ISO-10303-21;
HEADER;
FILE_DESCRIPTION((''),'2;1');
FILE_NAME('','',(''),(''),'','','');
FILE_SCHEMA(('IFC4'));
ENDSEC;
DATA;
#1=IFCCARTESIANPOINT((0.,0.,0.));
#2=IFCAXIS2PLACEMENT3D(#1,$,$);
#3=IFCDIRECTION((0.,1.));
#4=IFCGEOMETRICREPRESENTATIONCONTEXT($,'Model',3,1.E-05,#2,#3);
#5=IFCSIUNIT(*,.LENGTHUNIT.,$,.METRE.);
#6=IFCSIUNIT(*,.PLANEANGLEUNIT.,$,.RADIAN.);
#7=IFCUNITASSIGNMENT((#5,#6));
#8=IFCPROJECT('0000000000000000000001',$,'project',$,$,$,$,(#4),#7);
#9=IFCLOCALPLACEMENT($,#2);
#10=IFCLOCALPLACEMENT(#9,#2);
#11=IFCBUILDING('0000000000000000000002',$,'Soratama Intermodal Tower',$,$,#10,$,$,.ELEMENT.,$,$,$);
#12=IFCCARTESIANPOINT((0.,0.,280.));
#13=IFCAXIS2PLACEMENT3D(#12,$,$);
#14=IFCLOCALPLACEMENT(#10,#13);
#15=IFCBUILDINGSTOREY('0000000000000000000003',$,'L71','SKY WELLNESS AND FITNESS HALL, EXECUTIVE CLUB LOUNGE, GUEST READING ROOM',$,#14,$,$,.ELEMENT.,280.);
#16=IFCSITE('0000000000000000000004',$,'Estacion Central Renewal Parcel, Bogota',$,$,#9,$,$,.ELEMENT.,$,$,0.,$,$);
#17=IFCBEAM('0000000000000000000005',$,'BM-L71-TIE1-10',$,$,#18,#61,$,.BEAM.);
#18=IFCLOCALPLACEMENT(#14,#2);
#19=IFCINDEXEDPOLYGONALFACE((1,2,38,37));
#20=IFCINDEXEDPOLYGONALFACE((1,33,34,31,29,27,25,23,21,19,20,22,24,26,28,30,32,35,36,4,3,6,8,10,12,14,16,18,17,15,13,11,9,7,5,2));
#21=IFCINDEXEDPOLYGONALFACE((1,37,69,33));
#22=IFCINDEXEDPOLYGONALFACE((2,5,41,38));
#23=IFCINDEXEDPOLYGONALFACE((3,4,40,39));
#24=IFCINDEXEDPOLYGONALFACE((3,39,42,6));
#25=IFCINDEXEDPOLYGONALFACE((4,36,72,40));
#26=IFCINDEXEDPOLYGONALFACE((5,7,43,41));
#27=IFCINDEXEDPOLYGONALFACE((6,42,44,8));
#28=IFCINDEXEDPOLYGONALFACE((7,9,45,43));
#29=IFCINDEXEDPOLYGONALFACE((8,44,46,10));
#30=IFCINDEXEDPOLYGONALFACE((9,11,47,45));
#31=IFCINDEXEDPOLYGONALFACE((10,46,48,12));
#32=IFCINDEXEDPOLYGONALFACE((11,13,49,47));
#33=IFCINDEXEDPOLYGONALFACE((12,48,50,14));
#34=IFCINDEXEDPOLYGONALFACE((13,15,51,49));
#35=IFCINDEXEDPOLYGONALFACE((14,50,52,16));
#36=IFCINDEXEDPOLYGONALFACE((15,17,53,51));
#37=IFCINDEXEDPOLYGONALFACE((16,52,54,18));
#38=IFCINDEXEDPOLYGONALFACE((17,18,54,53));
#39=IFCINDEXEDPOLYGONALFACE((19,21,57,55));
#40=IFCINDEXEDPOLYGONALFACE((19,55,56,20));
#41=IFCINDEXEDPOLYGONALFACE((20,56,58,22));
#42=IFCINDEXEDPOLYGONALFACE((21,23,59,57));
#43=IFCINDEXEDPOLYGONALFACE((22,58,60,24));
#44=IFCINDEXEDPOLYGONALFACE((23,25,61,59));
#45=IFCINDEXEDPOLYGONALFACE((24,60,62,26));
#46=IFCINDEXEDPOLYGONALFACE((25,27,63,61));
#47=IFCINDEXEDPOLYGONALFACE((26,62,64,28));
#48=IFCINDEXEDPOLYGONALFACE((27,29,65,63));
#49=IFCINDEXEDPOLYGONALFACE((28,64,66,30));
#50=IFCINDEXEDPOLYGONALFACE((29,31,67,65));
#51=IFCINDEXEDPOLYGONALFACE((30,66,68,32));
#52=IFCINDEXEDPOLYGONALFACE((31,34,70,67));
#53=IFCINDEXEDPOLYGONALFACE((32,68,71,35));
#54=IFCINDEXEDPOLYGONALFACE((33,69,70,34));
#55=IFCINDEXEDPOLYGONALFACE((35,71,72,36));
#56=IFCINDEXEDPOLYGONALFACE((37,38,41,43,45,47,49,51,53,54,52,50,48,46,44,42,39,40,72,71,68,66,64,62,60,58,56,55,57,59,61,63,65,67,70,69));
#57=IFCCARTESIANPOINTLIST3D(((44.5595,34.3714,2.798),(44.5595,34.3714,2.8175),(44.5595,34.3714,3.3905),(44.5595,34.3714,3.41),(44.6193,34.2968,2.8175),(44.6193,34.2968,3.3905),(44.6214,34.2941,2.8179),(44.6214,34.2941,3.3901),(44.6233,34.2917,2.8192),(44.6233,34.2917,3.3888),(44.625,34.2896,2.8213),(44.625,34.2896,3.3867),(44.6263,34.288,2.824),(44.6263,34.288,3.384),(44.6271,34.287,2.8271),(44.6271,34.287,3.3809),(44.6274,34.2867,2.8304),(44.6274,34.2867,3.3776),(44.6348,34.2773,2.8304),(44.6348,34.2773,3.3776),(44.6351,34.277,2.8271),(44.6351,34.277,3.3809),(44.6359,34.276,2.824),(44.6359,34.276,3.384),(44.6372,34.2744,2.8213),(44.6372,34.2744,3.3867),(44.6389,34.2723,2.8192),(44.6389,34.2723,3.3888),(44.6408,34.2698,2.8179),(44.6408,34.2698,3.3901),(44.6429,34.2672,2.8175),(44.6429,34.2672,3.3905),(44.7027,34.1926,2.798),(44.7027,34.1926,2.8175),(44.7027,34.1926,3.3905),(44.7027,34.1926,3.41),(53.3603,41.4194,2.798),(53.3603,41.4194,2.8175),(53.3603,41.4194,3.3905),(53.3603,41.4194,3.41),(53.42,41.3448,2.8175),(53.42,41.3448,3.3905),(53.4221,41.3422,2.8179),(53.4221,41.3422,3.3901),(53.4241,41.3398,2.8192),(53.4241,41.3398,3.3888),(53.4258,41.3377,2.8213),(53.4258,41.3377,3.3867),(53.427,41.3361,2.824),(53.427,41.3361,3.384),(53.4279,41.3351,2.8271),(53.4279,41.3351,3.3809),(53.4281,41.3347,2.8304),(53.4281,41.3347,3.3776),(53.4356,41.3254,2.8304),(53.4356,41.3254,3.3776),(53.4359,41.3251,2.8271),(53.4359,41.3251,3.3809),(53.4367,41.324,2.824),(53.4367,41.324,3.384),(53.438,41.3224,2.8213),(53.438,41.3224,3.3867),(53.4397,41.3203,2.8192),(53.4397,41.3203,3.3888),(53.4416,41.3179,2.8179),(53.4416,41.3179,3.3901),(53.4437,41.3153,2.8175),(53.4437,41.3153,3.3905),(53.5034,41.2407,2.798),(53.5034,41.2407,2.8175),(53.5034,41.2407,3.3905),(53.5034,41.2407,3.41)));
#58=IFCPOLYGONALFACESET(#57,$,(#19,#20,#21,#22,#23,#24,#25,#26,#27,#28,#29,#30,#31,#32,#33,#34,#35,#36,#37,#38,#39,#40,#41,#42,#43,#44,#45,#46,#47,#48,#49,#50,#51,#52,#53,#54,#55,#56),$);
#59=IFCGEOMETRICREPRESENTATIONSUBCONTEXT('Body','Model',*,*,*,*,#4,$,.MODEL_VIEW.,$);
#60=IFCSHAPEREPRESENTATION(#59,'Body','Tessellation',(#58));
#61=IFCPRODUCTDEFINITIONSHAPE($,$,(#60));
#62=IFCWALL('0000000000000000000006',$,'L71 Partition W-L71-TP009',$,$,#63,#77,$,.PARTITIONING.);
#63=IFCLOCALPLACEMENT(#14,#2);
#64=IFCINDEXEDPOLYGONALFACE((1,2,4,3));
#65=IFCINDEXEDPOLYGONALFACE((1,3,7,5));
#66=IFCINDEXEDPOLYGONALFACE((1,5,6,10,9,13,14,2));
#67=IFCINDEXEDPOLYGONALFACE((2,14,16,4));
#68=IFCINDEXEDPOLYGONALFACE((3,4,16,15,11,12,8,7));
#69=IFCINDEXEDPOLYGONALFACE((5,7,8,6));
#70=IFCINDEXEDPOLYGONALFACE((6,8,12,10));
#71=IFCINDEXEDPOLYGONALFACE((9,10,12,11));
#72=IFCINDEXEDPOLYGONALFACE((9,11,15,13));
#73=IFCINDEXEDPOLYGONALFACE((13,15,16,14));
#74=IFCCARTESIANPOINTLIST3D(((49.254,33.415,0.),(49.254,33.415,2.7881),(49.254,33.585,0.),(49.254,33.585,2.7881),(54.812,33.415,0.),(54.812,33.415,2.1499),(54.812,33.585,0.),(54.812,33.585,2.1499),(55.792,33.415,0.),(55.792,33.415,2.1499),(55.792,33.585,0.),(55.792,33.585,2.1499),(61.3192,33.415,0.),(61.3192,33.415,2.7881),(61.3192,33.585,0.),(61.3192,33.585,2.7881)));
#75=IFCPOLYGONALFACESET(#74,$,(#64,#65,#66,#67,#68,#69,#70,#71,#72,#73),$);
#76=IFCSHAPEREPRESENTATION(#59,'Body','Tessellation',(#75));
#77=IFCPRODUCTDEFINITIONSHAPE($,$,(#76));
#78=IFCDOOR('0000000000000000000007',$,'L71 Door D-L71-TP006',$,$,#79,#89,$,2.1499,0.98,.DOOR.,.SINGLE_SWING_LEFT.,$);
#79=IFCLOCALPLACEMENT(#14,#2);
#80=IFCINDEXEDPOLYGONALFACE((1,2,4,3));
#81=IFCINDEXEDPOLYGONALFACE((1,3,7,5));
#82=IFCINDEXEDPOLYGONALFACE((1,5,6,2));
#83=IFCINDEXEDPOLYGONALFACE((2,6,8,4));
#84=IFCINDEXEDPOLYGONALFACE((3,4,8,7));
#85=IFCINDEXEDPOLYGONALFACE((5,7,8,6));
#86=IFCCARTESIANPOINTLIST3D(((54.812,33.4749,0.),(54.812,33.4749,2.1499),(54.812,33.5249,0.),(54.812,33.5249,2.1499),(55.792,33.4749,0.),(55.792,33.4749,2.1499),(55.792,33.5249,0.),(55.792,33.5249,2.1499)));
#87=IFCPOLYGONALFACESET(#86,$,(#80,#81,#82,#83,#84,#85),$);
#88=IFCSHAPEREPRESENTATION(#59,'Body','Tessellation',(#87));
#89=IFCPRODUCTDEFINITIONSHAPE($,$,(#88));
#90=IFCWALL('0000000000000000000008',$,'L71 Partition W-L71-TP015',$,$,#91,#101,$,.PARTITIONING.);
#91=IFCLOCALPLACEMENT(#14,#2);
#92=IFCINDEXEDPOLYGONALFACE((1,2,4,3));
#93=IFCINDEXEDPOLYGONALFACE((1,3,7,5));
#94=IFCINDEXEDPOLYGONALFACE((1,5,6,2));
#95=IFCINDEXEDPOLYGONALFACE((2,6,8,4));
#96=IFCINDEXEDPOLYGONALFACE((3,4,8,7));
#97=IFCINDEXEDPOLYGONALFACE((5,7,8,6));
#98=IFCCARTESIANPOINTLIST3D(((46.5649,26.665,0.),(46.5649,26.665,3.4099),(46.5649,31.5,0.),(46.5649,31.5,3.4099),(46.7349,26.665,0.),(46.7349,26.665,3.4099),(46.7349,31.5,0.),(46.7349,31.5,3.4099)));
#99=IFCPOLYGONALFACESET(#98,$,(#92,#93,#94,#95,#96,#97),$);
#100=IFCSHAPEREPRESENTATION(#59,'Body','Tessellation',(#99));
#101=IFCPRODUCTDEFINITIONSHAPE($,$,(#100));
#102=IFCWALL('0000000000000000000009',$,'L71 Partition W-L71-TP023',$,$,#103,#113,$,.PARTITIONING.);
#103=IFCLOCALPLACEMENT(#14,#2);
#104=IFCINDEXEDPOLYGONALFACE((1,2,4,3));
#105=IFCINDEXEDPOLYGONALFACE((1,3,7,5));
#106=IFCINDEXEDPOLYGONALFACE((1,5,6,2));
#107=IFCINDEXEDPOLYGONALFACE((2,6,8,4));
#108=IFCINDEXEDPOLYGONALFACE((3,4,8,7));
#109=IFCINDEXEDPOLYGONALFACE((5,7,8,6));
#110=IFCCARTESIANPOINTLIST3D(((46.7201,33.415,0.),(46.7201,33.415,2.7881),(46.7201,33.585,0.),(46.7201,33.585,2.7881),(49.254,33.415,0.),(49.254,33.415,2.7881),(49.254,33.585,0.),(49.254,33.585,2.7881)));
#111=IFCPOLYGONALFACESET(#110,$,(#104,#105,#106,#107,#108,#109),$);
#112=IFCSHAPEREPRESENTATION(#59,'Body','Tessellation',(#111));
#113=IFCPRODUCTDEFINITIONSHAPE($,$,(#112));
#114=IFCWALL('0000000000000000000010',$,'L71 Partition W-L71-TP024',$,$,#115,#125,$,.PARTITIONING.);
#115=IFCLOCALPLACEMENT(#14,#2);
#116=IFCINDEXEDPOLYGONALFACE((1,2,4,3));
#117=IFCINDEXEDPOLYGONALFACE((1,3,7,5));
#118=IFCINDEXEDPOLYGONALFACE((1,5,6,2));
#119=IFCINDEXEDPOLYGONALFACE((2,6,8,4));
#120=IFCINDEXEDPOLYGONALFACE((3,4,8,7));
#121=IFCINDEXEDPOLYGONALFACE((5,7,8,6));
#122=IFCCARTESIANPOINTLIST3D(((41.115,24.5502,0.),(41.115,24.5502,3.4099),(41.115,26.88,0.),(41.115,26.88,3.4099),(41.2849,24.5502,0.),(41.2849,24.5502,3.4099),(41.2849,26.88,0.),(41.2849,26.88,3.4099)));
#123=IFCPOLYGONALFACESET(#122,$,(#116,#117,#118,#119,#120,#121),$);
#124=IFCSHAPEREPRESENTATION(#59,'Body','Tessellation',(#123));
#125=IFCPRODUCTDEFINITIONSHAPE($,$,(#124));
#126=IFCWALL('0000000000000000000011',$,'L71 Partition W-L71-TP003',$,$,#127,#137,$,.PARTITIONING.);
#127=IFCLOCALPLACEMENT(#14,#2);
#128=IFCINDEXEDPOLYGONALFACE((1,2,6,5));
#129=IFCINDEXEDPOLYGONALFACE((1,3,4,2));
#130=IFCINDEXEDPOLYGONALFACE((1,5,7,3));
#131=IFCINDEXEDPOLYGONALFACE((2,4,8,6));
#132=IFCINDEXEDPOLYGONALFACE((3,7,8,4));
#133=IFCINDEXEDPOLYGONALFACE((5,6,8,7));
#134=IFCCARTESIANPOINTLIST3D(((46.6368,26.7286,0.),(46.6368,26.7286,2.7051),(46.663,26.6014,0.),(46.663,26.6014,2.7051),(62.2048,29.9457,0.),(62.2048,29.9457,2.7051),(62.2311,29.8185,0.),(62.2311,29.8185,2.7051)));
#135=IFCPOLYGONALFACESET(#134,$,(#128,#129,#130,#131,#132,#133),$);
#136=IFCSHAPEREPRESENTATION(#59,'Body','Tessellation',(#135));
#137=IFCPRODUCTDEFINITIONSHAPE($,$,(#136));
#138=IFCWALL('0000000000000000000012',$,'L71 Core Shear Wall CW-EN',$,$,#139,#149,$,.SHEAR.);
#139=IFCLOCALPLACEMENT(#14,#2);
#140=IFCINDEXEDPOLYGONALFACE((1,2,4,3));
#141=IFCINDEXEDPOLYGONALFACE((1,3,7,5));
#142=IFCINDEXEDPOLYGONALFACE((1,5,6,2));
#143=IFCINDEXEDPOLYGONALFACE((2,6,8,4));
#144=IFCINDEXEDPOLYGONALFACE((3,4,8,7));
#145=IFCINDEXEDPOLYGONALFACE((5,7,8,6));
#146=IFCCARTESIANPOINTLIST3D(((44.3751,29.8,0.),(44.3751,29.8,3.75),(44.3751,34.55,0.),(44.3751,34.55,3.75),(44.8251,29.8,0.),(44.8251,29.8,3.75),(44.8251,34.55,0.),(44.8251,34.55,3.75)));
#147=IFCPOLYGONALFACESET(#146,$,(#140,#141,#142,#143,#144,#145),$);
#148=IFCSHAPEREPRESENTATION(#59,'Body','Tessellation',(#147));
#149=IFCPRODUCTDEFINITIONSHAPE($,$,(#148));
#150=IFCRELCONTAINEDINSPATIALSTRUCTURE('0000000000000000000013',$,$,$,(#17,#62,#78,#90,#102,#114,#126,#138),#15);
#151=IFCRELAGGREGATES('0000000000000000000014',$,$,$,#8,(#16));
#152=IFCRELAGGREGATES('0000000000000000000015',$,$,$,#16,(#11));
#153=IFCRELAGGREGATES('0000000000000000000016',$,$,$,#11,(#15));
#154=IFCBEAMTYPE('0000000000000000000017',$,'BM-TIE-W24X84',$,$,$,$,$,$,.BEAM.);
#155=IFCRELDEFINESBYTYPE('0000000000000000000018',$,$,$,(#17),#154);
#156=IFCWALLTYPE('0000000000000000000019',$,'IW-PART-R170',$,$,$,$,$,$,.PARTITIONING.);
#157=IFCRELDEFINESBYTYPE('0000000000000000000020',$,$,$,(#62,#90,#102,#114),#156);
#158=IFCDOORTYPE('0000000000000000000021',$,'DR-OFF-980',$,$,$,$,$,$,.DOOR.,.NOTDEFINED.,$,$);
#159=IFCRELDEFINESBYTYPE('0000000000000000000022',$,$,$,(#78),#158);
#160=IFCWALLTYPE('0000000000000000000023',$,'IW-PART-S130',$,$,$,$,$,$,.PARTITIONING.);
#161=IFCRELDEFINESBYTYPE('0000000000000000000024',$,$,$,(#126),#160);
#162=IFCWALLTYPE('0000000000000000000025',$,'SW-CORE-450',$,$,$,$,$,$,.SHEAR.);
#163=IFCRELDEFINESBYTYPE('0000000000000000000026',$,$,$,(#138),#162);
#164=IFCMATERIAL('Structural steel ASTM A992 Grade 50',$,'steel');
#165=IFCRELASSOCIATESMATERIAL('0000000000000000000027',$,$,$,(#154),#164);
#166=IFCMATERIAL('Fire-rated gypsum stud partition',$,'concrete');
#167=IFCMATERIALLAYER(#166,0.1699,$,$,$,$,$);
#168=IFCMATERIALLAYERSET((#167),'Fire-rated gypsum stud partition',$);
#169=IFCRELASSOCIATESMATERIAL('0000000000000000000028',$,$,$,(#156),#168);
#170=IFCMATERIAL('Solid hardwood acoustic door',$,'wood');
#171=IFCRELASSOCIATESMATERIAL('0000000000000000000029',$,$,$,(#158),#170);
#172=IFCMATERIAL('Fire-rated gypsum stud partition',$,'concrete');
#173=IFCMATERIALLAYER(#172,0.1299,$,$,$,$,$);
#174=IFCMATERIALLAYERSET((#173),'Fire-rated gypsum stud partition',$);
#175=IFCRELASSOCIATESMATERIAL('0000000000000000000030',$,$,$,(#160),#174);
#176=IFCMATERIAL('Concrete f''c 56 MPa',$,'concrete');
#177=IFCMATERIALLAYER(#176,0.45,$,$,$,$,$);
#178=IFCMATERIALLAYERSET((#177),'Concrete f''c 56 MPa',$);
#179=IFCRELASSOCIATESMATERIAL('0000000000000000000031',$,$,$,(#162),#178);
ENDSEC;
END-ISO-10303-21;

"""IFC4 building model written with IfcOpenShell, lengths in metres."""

from ifc_helpers import new_model, si_unit, direction, frame, frame_2d, origin, origin_2d, place, context, subcontext, project, spatial, rectangle, i_section, extrude, material, layer, layer_set, material_profile, profile_set, type_object, element, fill, save


model = new_model("IFC4")

# Units and contexts
model_context = context("Model", 3, precision=1e-05, world=origin(), true_north=direction((0.0, 1.0)))
body_context = subcontext(model_context, "Body", "Model", "MODEL_VIEW")
ifc_project = project(units=[si_unit("LENGTHUNIT", "METRE"), si_unit("PLANEANGLEUNIT", "RADIAN")], contexts=[model_context])

# Site, building, storey
site_placement = place(None, origin())
site = spatial("IfcSite", under=ifc_project, at=site_placement, Name="Estacion Central Renewal Parcel, Bogota", CompositionType="ELEMENT", RefElevation=0.0)
building_placement = place(site_placement, origin())
building = spatial("IfcBuilding", under=site, at=building_placement, Name="Soratama Intermodal Tower", CompositionType="ELEMENT")
storey_placement = place(building_placement, frame((0.0, 0.0, 280.0)))
storey = spatial("IfcBuildingStorey", under=building, at=storey_placement, Name="L71", Description="SKY WELLNESS AND FITNESS HALL, EXECUTIVE CLUB LOUNGE, GUEST READING ROOM", CompositionType="ELEMENT", Elevation=280.0)

# Beam
ifc_material_1 = material(Name="Structural steel ASTM A992 Grade 50", Category="steel")
ifc_material_profile_1 = material_profile(ifc_material_1, i_section(OverallWidth=0.229, OverallDepth=0.6121, WebThickness=0.012, FlangeThickness=0.0195, FilletRadius=0.0129, at=origin_2d()), Name="W24X84")
ifc_profile_set_1 = profile_set([ifc_material_profile_1], Name="Structural steel ASTM A992 Grade 50")
beam_type_1 = type_object("IfcBeamType", Name="BM-TIE-W24X84", PredefinedType="BEAM", material=ifc_profile_set_1)
beam_1_placement = place(storey_placement, frame((44.6311, 34.282, 3.104), z_axis=(0.780545, 0.625099, 0.0), x_axis=(-0.625099, 0.780545, 0.0)))
element("IfcBeam", 1, at=beam_1_placement, inside=storey, type_object=beam_type_1, Name="BM-L71-TIE1-10", PredefinedType="BEAM", context=body_context, shape_type="SweptSolid", body=[
    extrude(i_section(OverallWidth=0.229, OverallDepth=0.6121, WebThickness=0.012, FlangeThickness=0.0195, FilletRadius=0.0129, at=origin_2d()), origin(), (0.0, 0.0, 1.0), 11.2751),
])

# Wall, opening, door
ifc_material_2 = material(Name="Fire-rated gypsum stud partition", Category="concrete")
ifc_layer_1 = layer(ifc_material_2, 0.1699)
ifc_layer_set_1 = layer_set([ifc_layer_1], Name="Fire-rated gypsum stud partition")
wall_type_1 = type_object("IfcWallType", Name="IW-PART-R170", PredefinedType="PARTITIONING", material=ifc_layer_set_1)
wall_1_placement = place(storey_placement, frame((49.2539, 33.5, 0.0), z_axis=(0.0, 0.0, 1.0), x_axis=(1.0, 0.0, 0.0)))
wall_1 = element("IfcWall", 2, at=wall_1_placement, inside=storey, type_object=wall_type_1, Name="L71 Partition W-L71-TP009", PredefinedType="PARTITIONING", context=body_context, shape_type="SweptSolid", body=[
    extrude(rectangle(XDim=12.0652, YDim=0.1699, at=frame_2d((6.0327, 0.0))), origin(), (0.0, 0.0, 1.0), 2.7881),
])
opening_1_placement = place(wall_1_placement, frame((5.5581, 0.0, 0.0)))
opening_1 = element("IfcOpeningElement", 3, at=opening_1_placement, cuts=wall_1, PredefinedType="OPENING", context=body_context, shape_type="SweptSolid", body=[
    extrude(rectangle(XDim=0.98, YDim=2.1499, at=frame_2d((0.49, 1.075))), frame((0.0, 0.095, 0.0), z_axis=(0.0, -1.0, 0.0), x_axis=(1.0, 0.0, 0.0)), (0.0, 0.0, 1.0), 0.1899),
])
ifc_material_3 = material(Name="Solid hardwood acoustic door", Category="wood")
door_type_1 = type_object("IfcDoorType", Name="DR-OFF-980", OperationType="NOTDEFINED", PredefinedType="DOOR", material=ifc_material_3)
door_1_placement = place(opening_1_placement, origin())
door_1 = element("IfcDoor", 4, at=door_1_placement, inside=storey, type_object=door_type_1, Name="L71 Door D-L71-TP006", OperationType="SINGLE_SWING_LEFT", OverallHeight=2.1499, OverallWidth=0.98, PredefinedType="DOOR", context=body_context, shape_type="SweptSolid", body=[
    extrude(rectangle(XDim=0.98, YDim=2.1499, at=frame_2d((0.49, 1.075))), frame((0.0, 0.0249, 0.0), z_axis=(0.0, -1.0, 0.0), x_axis=(1.0, 0.0, 0.0)), (0.0, 0.0, 1.0), 0.05),
])
fill(opening_1, door_1)

# Wall
wall_2_placement = place(storey_placement, frame((46.6499, 31.5, 0.0), z_axis=(0.0, 0.0, 1.0), x_axis=(0.0, -1.0, 0.0)))
element("IfcWall", 5, at=wall_2_placement, inside=storey, type_object=wall_type_1, Name="L71 Partition W-L71-TP015", PredefinedType="PARTITIONING", context=body_context, shape_type="SweptSolid", body=[
    extrude(rectangle(XDim=4.835, YDim=0.1699, at=frame_2d((2.4175, 0.0))), origin(), (0.0, 0.0, 1.0), 3.4099),
])

# Walls
wall_3_placement = place(storey_placement, frame((46.72, 33.5, 0.0), z_axis=(0.0, 0.0, 1.0), x_axis=(1.0, 0.0, 0.0)))
element("IfcWall", 6, at=wall_3_placement, inside=storey, type_object=wall_type_1, Name="L71 Partition W-L71-TP023", PredefinedType="PARTITIONING", context=body_context, shape_type="SweptSolid", body=[
    extrude(rectangle(XDim=2.5339, YDim=0.1699, at=frame_2d((1.2671, 0.0))), origin(), (0.0, 0.0, 1.0), 2.7881),
])
wall_4_placement = place(storey_placement, frame((41.2, 24.55, 0.0), z_axis=(0.0, 0.0, 1.0), x_axis=(0.0, 1.0, 0.0)))
element("IfcWall", 7, at=wall_4_placement, inside=storey, type_object=wall_type_1, Name="L71 Partition W-L71-TP024", PredefinedType="PARTITIONING", context=body_context, shape_type="SweptSolid", body=[
    extrude(rectangle(XDim=2.3298, YDim=0.1699, at=frame_2d((1.165, 0.0))), origin(), (0.0, 0.0, 1.0), 3.4099),
])

# Walls
ifc_material_4 = material(Name="Fire-rated gypsum stud partition", Category="concrete")
ifc_layer_2 = layer(ifc_material_4, 0.1299)
ifc_layer_set_2 = layer_set([ifc_layer_2], Name="Fire-rated gypsum stud partition")
wall_type_2 = type_object("IfcWallType", Name="IW-PART-S130", PredefinedType="PARTITIONING", material=ifc_layer_set_2)
wall_5_placement = place(storey_placement, frame((46.6499, 26.665, 0.0), z_axis=(0.0, 0.0, 1.0), x_axis=(0.97931, 0.202367, 0.0)))
element("IfcWall", 8, at=wall_5_placement, inside=storey, type_object=wall_type_2, Name="L71 Partition W-L71-TP003", PredefinedType="PARTITIONING", context=body_context, shape_type="SweptSolid", body=[
    extrude(rectangle(XDim=15.897, YDim=0.1299, at=frame_2d((7.9485, 0.0))), origin(), (0.0, 0.0, 1.0), 2.7051),
])
ifc_material_5 = material(Name="Concrete f'c 56 MPa", Category="concrete")
ifc_layer_3 = layer(ifc_material_5, 0.45)
ifc_layer_set_3 = layer_set([ifc_layer_3], Name="Concrete f'c 56 MPa")
wall_type_3 = type_object("IfcWallType", Name="SW-CORE-450", PredefinedType="SHEAR", material=ifc_layer_set_3)
wall_6_placement = place(storey_placement, frame((44.6001, 29.8, 0.0), z_axis=(0.0, 0.0, 1.0), x_axis=(0.0, 1.0, 0.0)))
element("IfcWall", 9, at=wall_6_placement, inside=storey, type_object=wall_type_3, Name="L71 Core Shear Wall CW-EN", PredefinedType="SHEAR", context=body_context, shape_type="SweptSolid", body=[
    extrude(rectangle(XDim=4.75, YDim=0.45, at=frame_2d((2.375, 0.0))), origin(), (0.0, 0.0, 1.0), 3.75),
])

save(model, "model.ifc")
